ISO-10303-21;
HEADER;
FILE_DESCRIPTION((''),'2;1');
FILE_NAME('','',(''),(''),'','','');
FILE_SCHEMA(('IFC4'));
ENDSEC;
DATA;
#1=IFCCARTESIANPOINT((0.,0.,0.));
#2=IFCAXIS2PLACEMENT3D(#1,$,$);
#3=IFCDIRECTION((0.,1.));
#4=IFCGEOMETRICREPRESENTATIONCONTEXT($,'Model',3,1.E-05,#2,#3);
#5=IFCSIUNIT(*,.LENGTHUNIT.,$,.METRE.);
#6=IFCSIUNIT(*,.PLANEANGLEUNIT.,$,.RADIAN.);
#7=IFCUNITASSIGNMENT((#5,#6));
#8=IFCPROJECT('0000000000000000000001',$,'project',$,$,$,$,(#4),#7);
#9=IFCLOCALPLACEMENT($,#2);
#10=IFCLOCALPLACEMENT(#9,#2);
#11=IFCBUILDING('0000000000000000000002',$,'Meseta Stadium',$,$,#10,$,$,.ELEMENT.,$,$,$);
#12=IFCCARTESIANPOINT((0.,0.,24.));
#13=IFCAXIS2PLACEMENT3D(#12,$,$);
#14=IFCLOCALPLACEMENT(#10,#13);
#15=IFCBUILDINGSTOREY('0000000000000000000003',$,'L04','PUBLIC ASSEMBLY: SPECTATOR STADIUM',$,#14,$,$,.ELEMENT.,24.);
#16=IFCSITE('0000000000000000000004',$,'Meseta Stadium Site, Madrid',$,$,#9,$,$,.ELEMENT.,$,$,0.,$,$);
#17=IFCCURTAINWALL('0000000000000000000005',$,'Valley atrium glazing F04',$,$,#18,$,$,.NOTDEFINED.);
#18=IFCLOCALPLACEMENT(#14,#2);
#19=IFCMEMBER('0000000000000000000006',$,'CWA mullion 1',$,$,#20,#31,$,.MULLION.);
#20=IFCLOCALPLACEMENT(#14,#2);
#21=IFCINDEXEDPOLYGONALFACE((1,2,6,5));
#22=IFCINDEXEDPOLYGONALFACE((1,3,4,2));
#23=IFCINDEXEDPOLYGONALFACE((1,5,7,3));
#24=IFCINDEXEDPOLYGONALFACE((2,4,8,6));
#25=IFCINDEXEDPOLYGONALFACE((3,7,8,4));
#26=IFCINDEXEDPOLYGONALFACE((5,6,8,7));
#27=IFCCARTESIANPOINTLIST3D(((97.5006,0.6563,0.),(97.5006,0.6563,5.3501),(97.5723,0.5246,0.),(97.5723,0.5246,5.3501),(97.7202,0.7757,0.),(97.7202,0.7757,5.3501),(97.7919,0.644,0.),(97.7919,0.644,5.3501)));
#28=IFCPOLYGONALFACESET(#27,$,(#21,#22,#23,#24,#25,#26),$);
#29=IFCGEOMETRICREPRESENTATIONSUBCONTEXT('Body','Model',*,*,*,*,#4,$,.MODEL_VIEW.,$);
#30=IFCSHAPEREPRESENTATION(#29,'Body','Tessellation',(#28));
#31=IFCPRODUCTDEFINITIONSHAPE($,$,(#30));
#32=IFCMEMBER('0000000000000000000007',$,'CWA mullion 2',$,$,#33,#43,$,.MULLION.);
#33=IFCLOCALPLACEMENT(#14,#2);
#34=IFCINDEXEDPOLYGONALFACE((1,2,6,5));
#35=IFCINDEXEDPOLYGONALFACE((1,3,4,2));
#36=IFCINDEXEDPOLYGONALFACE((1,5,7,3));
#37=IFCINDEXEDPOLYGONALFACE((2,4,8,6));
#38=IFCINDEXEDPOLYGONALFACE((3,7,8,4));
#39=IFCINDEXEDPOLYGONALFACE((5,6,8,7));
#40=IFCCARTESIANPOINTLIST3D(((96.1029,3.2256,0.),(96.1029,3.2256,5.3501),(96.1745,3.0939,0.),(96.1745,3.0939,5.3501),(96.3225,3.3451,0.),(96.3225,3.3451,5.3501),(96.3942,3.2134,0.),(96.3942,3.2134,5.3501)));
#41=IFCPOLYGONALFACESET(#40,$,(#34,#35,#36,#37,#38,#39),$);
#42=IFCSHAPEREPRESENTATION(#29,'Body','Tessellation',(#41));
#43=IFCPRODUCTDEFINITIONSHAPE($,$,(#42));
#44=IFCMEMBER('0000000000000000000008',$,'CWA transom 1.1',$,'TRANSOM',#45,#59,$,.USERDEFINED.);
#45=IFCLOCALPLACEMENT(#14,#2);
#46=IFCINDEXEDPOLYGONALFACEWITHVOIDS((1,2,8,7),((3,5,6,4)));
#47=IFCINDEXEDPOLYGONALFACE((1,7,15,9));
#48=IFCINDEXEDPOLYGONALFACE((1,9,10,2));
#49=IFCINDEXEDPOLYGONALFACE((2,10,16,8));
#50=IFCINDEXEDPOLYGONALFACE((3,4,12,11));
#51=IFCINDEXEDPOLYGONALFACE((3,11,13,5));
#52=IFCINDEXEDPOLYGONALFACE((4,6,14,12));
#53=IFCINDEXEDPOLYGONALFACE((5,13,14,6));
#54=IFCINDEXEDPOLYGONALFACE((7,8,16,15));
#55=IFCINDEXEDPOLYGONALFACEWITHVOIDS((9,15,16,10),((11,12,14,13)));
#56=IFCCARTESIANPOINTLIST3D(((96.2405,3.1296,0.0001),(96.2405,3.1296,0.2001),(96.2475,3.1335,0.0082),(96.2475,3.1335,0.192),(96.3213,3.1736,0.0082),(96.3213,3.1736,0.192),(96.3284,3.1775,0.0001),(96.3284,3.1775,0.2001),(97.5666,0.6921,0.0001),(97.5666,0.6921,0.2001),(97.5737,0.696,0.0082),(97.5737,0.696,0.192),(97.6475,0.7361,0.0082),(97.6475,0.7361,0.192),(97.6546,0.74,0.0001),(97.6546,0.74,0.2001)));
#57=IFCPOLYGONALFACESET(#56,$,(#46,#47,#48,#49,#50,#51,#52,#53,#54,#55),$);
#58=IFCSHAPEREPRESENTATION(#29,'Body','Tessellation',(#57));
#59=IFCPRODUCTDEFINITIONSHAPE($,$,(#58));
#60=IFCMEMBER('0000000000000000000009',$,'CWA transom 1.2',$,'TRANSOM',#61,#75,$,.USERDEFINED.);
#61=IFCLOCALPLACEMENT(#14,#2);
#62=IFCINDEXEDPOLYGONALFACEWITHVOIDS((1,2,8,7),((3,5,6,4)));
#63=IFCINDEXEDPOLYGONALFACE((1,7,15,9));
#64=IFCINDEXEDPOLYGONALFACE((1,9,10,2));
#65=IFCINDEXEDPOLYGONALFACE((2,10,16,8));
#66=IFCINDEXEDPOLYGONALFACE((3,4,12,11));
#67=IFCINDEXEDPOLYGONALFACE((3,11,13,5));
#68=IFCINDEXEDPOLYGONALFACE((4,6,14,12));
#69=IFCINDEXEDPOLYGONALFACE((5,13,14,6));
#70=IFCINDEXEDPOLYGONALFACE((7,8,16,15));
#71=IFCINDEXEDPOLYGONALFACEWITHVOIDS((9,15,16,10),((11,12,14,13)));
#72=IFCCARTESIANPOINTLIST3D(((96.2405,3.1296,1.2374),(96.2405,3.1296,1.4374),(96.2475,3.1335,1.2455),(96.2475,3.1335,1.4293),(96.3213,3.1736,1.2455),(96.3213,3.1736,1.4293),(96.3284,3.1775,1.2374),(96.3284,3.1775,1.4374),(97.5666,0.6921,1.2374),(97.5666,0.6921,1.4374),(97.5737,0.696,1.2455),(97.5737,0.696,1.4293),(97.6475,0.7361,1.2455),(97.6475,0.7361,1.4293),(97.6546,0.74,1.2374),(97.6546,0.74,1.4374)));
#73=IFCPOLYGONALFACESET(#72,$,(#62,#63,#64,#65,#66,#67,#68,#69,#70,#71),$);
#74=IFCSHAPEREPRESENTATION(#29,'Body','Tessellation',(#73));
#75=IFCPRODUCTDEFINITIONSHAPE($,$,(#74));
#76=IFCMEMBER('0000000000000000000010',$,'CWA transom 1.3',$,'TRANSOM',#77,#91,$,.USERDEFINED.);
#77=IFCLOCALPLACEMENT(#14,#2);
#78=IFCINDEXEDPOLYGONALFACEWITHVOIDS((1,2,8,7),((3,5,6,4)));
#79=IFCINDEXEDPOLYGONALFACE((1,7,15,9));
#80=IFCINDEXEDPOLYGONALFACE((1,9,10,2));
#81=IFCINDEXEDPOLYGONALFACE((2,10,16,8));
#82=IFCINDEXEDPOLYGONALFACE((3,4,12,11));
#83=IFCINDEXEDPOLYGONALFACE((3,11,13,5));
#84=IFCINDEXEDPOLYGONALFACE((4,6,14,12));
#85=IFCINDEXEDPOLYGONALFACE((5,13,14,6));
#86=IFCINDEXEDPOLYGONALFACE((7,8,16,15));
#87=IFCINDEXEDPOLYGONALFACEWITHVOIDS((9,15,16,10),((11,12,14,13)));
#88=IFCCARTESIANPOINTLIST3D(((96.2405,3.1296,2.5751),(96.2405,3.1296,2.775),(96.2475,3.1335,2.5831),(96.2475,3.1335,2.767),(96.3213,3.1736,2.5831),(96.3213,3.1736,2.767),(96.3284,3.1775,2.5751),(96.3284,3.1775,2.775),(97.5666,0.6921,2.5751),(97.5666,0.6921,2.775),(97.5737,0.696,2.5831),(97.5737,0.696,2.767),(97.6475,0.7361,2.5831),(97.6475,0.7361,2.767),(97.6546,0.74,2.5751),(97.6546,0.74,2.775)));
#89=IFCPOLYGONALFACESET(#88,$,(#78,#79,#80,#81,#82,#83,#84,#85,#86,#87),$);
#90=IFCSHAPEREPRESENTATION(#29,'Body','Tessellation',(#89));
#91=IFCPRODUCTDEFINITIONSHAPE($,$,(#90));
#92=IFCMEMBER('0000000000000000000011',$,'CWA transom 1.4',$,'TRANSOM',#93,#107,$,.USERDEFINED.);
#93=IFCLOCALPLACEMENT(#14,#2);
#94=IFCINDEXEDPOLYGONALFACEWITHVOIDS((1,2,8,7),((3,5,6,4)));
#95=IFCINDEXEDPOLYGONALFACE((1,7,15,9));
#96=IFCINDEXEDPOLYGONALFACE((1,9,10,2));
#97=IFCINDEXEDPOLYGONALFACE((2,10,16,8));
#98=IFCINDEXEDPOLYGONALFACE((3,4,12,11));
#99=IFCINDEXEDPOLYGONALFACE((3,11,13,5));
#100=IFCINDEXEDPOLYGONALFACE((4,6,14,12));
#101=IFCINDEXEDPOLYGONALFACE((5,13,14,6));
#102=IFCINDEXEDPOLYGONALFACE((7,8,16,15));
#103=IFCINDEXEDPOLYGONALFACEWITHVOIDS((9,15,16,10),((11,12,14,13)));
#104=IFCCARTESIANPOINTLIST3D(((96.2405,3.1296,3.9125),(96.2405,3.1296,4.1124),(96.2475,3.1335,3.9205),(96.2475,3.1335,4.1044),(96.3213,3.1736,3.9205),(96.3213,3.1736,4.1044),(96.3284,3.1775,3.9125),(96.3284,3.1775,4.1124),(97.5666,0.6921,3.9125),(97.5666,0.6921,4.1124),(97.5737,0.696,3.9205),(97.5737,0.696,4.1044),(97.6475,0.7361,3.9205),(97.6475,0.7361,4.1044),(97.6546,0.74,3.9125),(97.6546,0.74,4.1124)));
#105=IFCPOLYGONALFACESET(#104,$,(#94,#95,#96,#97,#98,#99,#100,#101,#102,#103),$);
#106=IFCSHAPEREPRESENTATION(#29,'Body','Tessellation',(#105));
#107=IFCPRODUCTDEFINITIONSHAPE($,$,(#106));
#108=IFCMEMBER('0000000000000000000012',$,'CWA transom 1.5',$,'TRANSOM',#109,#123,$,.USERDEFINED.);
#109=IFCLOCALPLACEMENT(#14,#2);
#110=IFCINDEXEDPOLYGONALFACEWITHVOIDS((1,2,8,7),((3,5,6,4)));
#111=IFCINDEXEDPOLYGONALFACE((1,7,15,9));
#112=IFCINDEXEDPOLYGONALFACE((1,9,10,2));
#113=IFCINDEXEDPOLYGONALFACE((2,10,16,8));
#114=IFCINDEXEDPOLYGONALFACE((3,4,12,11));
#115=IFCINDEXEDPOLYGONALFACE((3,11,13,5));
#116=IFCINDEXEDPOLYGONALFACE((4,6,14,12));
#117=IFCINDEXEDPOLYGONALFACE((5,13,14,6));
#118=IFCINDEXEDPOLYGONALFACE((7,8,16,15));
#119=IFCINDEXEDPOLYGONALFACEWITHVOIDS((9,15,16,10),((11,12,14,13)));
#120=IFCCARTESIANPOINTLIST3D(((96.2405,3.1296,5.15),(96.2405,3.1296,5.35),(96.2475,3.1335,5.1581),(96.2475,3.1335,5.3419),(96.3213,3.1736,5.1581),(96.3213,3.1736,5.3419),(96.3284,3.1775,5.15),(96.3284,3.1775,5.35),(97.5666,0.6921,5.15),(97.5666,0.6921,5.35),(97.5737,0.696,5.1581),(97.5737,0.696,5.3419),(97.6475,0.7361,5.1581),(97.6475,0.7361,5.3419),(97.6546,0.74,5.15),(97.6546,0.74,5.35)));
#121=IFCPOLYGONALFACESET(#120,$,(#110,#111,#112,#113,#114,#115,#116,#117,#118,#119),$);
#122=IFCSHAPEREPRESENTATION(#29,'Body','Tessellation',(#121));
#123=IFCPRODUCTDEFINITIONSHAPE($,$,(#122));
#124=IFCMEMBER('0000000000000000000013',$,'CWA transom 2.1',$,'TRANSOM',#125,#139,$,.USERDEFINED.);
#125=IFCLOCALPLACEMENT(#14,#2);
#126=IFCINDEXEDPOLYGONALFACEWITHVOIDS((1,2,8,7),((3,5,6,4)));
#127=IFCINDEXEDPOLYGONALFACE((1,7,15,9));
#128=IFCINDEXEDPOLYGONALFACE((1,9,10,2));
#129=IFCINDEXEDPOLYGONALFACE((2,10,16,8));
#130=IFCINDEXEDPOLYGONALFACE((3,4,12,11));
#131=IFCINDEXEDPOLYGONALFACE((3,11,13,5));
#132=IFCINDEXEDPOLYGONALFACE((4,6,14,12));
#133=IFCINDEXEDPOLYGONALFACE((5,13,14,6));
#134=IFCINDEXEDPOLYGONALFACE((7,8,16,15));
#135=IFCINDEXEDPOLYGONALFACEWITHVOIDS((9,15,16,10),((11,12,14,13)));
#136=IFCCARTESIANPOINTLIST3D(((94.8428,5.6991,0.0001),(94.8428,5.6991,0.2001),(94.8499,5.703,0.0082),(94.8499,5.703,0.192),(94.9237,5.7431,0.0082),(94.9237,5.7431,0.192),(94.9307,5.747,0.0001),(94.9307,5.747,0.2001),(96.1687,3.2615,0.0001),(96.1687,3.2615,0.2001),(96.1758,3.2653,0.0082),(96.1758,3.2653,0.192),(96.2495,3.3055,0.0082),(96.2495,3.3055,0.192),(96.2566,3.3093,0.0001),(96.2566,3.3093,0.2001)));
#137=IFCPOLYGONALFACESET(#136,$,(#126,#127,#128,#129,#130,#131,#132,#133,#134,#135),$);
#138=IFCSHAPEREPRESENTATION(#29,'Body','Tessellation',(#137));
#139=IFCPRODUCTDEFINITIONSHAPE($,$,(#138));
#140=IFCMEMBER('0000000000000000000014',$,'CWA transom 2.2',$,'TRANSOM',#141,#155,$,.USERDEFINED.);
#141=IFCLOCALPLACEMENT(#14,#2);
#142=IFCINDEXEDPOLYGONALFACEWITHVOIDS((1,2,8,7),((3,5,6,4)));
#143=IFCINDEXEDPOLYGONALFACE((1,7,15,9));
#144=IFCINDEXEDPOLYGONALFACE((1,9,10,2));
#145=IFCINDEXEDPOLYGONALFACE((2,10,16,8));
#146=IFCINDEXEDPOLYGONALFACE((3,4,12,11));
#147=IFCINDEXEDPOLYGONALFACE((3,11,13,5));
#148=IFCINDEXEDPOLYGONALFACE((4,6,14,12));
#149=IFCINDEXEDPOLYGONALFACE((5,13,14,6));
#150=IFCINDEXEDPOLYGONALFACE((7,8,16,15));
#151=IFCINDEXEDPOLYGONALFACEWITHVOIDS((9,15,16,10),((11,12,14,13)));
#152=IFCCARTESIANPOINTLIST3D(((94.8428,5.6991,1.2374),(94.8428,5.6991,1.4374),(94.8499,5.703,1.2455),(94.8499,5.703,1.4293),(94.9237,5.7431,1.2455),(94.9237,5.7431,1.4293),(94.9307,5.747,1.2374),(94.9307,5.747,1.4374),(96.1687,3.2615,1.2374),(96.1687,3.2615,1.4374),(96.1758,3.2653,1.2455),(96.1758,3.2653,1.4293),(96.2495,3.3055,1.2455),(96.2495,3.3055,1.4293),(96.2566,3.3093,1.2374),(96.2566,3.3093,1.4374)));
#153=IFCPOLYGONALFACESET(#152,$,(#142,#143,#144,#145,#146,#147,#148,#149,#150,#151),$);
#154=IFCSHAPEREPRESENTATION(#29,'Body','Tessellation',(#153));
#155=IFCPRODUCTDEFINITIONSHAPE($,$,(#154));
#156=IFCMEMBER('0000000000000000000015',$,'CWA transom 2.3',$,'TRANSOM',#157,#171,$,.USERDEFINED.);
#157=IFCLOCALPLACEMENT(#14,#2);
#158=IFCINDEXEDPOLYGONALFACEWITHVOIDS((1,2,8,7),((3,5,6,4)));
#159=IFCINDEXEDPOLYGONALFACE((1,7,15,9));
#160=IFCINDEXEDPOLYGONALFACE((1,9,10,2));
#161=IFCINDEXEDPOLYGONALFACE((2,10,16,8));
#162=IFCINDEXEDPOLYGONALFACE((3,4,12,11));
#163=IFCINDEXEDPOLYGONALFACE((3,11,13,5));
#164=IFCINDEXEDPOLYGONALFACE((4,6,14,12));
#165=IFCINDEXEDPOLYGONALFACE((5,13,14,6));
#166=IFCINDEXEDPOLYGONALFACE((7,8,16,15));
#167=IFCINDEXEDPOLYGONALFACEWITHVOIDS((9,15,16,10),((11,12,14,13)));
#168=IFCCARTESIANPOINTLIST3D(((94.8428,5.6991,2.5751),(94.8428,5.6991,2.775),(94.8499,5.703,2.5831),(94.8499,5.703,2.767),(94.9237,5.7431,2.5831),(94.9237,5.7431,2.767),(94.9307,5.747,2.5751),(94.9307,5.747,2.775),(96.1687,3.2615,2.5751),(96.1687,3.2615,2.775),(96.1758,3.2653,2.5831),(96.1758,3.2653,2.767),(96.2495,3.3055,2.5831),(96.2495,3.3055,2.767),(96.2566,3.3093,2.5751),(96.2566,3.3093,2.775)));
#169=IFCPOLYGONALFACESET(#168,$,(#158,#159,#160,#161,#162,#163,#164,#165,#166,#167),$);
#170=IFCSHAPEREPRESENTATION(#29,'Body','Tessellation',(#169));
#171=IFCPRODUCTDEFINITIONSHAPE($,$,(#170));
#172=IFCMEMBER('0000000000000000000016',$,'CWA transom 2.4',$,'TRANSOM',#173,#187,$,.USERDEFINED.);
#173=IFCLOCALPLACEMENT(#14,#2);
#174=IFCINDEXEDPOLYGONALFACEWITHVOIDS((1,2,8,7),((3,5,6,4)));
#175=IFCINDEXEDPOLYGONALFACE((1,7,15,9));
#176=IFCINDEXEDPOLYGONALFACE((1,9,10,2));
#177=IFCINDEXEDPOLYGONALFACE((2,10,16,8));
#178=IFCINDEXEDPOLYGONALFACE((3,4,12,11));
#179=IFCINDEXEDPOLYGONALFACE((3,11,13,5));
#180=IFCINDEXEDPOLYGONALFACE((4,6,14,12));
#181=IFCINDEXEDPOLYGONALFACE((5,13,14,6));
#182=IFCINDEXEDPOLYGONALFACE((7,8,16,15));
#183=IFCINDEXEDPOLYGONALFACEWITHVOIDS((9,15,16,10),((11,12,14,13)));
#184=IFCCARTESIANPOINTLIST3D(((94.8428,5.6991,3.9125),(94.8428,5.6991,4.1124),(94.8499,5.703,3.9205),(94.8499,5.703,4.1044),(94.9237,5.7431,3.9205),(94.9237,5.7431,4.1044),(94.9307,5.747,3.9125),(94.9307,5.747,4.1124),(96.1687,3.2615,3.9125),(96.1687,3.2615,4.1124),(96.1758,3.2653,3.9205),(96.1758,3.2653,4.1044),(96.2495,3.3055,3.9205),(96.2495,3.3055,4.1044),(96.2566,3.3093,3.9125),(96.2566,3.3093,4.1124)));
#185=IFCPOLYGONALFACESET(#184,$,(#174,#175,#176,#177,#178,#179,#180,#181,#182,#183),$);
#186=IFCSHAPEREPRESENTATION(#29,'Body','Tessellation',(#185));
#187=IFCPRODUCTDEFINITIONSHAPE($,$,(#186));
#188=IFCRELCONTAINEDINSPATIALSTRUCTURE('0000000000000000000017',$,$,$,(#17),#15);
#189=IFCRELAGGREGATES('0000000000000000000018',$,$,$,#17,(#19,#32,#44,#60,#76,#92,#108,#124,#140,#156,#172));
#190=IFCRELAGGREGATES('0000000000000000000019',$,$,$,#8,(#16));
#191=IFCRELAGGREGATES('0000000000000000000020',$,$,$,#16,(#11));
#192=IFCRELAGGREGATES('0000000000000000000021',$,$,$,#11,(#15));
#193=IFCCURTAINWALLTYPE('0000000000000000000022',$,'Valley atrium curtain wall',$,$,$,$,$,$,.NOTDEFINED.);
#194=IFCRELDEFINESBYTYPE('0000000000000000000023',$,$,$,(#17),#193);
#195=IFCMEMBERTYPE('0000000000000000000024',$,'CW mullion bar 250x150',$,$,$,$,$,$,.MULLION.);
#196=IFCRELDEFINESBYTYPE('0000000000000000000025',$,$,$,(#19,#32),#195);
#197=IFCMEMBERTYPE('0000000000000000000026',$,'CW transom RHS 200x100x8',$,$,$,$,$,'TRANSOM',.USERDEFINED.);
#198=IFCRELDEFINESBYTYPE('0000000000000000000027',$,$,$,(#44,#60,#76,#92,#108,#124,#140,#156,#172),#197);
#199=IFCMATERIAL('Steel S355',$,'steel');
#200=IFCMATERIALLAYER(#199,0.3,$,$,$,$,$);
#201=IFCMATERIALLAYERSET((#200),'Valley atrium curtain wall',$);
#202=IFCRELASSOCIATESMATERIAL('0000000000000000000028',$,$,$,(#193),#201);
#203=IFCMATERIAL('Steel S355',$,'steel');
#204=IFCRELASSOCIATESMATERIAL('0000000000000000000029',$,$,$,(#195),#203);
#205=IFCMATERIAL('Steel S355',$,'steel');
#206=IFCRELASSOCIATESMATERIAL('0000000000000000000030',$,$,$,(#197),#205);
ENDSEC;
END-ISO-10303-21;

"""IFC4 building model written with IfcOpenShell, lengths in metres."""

from ifc_helpers import new_model, si_unit, direction, frame, origin, origin_2d, place, context, subcontext, project, spatial, rectangle, hollow_rectangle, extrude, material, layer, layer_set, material_profile, profile_set, type_object, element, aggregate, save


model = new_model("IFC4")

# Units and contexts
model_context = context("Model", 3, precision=1e-05, world=origin(), true_north=direction((0.0, 1.0)))
body_context = subcontext(model_context, "Body", "Model", "MODEL_VIEW")
ifc_project = project(units=[si_unit("LENGTHUNIT", "METRE"), si_unit("PLANEANGLEUNIT", "RADIAN")], contexts=[model_context])

# Site, building, storey
site_placement = place(None, origin())
site = spatial("IfcSite", under=ifc_project, at=site_placement, Name="Meseta Stadium Site, Madrid", CompositionType="ELEMENT", RefElevation=0.0)
building_placement = place(site_placement, origin())
building = spatial("IfcBuilding", under=site, at=building_placement, Name="Meseta Stadium", CompositionType="ELEMENT")
storey_placement = place(building_placement, frame((0.0, 0.0, 24.0)))
storey = spatial("IfcBuildingStorey", under=building, at=storey_placement, Name="L04", Description="PUBLIC ASSEMBLY: SPECTATOR STADIUM", CompositionType="ELEMENT", Elevation=24.0)

# Curtain wall, members
ifc_material_1 = material(Name="Steel S355", Category="steel")
ifc_layer_1 = layer(ifc_material_1, 0.3)
ifc_layer_set_1 = layer_set([ifc_layer_1], Name="Valley atrium curtain wall")
curtain_wall_type = type_object("IfcCurtainWallType", Name="Valley atrium curtain wall", PredefinedType="NOTDEFINED", material=ifc_layer_set_1)
curtain_wall_1_placement = place(storey_placement, origin())
curtain_wall_1 = element("IfcCurtainWall", 1, at=curtain_wall_1_placement, inside=storey, type_object=curtain_wall_type, Name="Valley atrium glazing F04", PredefinedType="NOTDEFINED")
ifc_material_2 = material(Name="Steel S355", Category="steel")
ifc_material_profile_1 = material_profile(ifc_material_2, rectangle(XDim=0.25, YDim=0.1499, at=origin_2d()), Name="CW 250x150")
ifc_profile_set_1 = profile_set([ifc_material_profile_1], Name="Steel S355")
member_type_1 = type_object("IfcMemberType", Name="CW mullion bar 250x150", PredefinedType="MULLION", material=ifc_profile_set_1)
member_1_placement = place(storey_placement, frame((97.6462, 0.6501, 0.0), z_axis=(0.0, 0.0, 1.0), x_axis=(-0.878432, -0.477867, 0.0)))
member_1 = element("IfcMember", 2, at=member_1_placement, type_object=member_type_1, Name="CWA mullion 1", PredefinedType="MULLION", context=body_context, shape_type="SweptSolid", body=[
    extrude(rectangle(XDim=0.25, YDim=0.1499, at=origin_2d()), origin(), (0.0, 0.0, 1.0), 5.3501),
])
member_2_placement = place(storey_placement, frame((96.2485, 3.2195, 0.0), z_axis=(0.0, 0.0, 1.0), x_axis=(-0.878432, -0.477867, 0.0)))
member_2 = element("IfcMember", 3, at=member_2_placement, type_object=member_type_1, Name="CWA mullion 2", PredefinedType="MULLION", context=body_context, shape_type="SweptSolid", body=[
    extrude(rectangle(XDim=0.25, YDim=0.1499, at=origin_2d()), origin(), (0.0, 0.0, 1.0), 5.3501),
])
ifc_material_3 = material(Name="Steel S355", Category="steel")
ifc_material_profile_2 = material_profile(ifc_material_3, hollow_rectangle(XDim=0.1001, YDim=0.2, WallThickness=0.0081, at=origin_2d()), Name="RHS 200x100x8")
ifc_profile_set_2 = profile_set([ifc_material_profile_2], Name="Steel S355")
member_type_2 = type_object("IfcMemberType", Name="CW transom RHS 200x100x8", ElementType="TRANSOM", PredefinedType="USERDEFINED", material=ifc_profile_set_2)
member_3_placement = place(storey_placement, frame((97.6106, 0.7161, 0.1001), z_axis=(-0.477915, 0.878406, 0.0), x_axis=(-0.878406, -0.477915, 0.0)))
member_3 = element("IfcMember", 4, at=member_3_placement, type_object=member_type_2, Name="CWA transom 1.1", ObjectType="TRANSOM", PredefinedType="USERDEFINED", context=body_context, shape_type="SweptSolid", body=[
    extrude(hollow_rectangle(XDim=0.1001, YDim=0.2, WallThickness=0.0081, at=origin_2d()), origin(), (0.0, 0.0, 1.0), 2.7749),
])
member_4_placement = place(storey_placement, frame((97.6106, 0.7161, 1.3374), z_axis=(-0.477915, 0.878406, 0.0), x_axis=(-0.878406, -0.477915, 0.0)))
member_4 = element("IfcMember", 5, at=member_4_placement, type_object=member_type_2, Name="CWA transom 1.2", ObjectType="TRANSOM", PredefinedType="USERDEFINED", context=body_context, shape_type="SweptSolid", body=[
    extrude(hollow_rectangle(XDim=0.1001, YDim=0.2, WallThickness=0.0081, at=origin_2d()), origin(), (0.0, 0.0, 1.0), 2.7749),
])
member_5_placement = place(storey_placement, frame((97.6106, 0.7161, 2.675), z_axis=(-0.477915, 0.878406, 0.0), x_axis=(-0.878406, -0.477915, 0.0)))
member_5 = element("IfcMember", 6, at=member_5_placement, type_object=member_type_2, Name="CWA transom 1.3", ObjectType="TRANSOM", PredefinedType="USERDEFINED", context=body_context, shape_type="SweptSolid", body=[
    extrude(hollow_rectangle(XDim=0.1001, YDim=0.2, WallThickness=0.0081, at=origin_2d()), origin(), (0.0, 0.0, 1.0), 2.7749),
])
member_6_placement = place(storey_placement, frame((97.6106, 0.7161, 4.0125), z_axis=(-0.477915, 0.878406, 0.0), x_axis=(-0.878406, -0.477915, 0.0)))
member_6 = element("IfcMember", 7, at=member_6_placement, type_object=member_type_2, Name="CWA transom 1.4", ObjectType="TRANSOM", PredefinedType="USERDEFINED", context=body_context, shape_type="SweptSolid", body=[
    extrude(hollow_rectangle(XDim=0.1001, YDim=0.2, WallThickness=0.0081, at=origin_2d()), origin(), (0.0, 0.0, 1.0), 2.7749),
])
member_7_placement = place(storey_placement, frame((97.6106, 0.7161, 5.25), z_axis=(-0.477915, 0.878406, 0.0), x_axis=(-0.878406, -0.477915, 0.0)))
member_7 = element("IfcMember", 8, at=member_7_placement, type_object=member_type_2, Name="CWA transom 1.5", ObjectType="TRANSOM", PredefinedType="USERDEFINED", context=body_context, shape_type="SweptSolid", body=[
    extrude(hollow_rectangle(XDim=0.1001, YDim=0.2, WallThickness=0.0081, at=origin_2d()), origin(), (0.0, 0.0, 1.0), 2.7749),
])
member_8_placement = place(storey_placement, frame((96.2126, 3.2854, 0.1001), z_axis=(-0.47781, 0.878463, 0.0), x_axis=(-0.878463, -0.47781, 0.0)))
member_8 = element("IfcMember", 9, at=member_8_placement, type_object=member_type_2, Name="CWA transom 2.1", ObjectType="TRANSOM", PredefinedType="USERDEFINED", context=body_context, shape_type="SweptSolid", body=[
    extrude(hollow_rectangle(XDim=0.1001, YDim=0.2, WallThickness=0.0081, at=origin_2d()), origin(), (0.0, 0.0, 1.0), 2.7749),
])
member_9_placement = place(storey_placement, frame((96.2126, 3.2854, 1.3374), z_axis=(-0.47781, 0.878463, 0.0), x_axis=(-0.878463, -0.47781, 0.0)))
member_9 = element("IfcMember", 10, at=member_9_placement, type_object=member_type_2, Name="CWA transom 2.2", ObjectType="TRANSOM", PredefinedType="USERDEFINED", context=body_context, shape_type="SweptSolid", body=[
    extrude(hollow_rectangle(XDim=0.1001, YDim=0.2, WallThickness=0.0081, at=origin_2d()), origin(), (0.0, 0.0, 1.0), 2.7749),
])
member_10_placement = place(storey_placement, frame((96.2126, 3.2854, 2.675), z_axis=(-0.47781, 0.878463, 0.0), x_axis=(-0.878463, -0.47781, 0.0)))
member_10 = element("IfcMember", 11, at=member_10_placement, type_object=member_type_2, Name="CWA transom 2.3", ObjectType="TRANSOM", PredefinedType="USERDEFINED", context=body_context, shape_type="SweptSolid", body=[
    extrude(hollow_rectangle(XDim=0.1001, YDim=0.2, WallThickness=0.0081, at=origin_2d()), origin(), (0.0, 0.0, 1.0), 2.7749),
])
member_11_placement = place(storey_placement, frame((96.2126, 3.2854, 4.0125), z_axis=(-0.47781, 0.878463, 0.0), x_axis=(-0.878463, -0.47781, 0.0)))
member_11 = element("IfcMember", 12, at=member_11_placement, type_object=member_type_2, Name="CWA transom 2.4", ObjectType="TRANSOM", PredefinedType="USERDEFINED", context=body_context, shape_type="SweptSolid", body=[
    extrude(hollow_rectangle(XDim=0.1001, YDim=0.2, WallThickness=0.0081, at=origin_2d()), origin(), (0.0, 0.0, 1.0), 2.7749),
])
aggregate(curtain_wall_1, [member_1, member_2, member_3, member_4, member_5, member_6, member_7, member_8, member_9, member_10, member_11])

save(model, "model.ifc")
